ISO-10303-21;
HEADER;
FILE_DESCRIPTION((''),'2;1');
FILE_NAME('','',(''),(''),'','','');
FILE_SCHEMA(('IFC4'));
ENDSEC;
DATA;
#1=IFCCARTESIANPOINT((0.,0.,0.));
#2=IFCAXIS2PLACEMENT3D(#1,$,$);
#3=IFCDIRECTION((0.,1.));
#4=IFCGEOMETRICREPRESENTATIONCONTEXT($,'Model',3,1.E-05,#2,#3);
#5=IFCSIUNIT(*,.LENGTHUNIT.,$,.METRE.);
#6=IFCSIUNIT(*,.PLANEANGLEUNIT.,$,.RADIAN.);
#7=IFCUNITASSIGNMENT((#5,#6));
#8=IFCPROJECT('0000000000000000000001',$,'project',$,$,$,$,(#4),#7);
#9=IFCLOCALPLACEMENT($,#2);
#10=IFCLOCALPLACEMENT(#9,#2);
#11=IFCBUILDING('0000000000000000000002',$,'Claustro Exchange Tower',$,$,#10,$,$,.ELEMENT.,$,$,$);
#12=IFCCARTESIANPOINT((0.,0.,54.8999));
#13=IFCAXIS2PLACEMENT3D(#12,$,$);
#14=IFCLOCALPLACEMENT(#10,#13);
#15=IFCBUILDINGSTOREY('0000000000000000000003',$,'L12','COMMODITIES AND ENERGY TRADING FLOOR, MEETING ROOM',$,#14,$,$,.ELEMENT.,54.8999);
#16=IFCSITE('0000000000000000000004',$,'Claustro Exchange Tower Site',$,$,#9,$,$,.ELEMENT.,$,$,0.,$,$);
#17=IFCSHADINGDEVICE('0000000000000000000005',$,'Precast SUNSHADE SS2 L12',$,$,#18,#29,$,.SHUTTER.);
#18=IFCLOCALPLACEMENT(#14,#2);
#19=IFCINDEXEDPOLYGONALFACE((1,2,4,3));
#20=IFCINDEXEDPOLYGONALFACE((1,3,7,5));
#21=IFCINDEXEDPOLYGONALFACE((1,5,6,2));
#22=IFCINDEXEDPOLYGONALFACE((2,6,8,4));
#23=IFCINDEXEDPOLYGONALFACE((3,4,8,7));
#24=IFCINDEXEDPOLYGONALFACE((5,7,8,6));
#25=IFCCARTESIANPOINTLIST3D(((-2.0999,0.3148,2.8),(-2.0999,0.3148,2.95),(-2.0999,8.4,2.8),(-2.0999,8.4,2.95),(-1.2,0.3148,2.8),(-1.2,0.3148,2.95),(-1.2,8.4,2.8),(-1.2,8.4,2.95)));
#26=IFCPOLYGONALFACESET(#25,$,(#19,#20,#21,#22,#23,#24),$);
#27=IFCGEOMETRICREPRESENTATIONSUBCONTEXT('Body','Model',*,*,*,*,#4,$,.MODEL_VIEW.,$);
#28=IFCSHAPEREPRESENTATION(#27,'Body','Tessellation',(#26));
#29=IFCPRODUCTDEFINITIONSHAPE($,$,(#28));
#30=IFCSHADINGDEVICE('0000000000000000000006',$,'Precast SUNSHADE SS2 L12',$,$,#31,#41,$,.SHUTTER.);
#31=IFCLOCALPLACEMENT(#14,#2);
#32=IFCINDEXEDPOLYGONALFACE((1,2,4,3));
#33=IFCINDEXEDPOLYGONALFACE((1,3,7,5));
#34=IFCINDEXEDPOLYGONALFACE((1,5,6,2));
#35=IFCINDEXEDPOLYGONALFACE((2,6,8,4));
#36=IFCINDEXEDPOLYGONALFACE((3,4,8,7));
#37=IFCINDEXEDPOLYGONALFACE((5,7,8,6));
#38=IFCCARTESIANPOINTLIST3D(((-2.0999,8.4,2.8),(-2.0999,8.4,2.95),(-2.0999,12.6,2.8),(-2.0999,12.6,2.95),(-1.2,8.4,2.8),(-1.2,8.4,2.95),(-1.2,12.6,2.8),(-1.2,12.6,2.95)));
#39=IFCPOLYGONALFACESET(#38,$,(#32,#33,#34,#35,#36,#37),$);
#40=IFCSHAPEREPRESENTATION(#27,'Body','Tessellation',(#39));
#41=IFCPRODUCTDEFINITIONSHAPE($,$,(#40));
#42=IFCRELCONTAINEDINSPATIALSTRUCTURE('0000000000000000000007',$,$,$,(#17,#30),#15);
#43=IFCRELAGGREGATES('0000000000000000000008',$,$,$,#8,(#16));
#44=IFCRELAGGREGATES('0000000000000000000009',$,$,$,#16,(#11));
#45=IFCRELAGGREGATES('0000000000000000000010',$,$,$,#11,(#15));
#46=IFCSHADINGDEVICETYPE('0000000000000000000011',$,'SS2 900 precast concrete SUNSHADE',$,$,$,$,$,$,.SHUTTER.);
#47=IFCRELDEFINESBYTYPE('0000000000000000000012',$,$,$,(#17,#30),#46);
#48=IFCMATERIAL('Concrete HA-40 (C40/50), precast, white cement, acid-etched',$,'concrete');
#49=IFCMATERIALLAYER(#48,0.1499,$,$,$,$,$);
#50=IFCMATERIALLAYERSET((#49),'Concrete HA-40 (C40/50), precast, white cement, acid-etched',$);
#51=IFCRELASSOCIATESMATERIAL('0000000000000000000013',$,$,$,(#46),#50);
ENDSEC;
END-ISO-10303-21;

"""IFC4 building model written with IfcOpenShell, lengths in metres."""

from ifc_helpers import new_model, si_unit, direction, frame, origin, origin_2d, place, context, subcontext, project, spatial, rectangle, extrude, material, layer, layer_set, type_object, element, save


model = new_model("IFC4")

# Units and contexts
model_context = context("Model", 3, precision=1e-05, world=origin(), true_north=direction((0.0, 1.0)))
body_context = subcontext(model_context, "Body", "Model", "MODEL_VIEW")
ifc_project = project(units=[si_unit("LENGTHUNIT", "METRE"), si_unit("PLANEANGLEUNIT", "RADIAN")], contexts=[model_context])

# Site, building, storey
site_placement = place(None, origin())
site = spatial("IfcSite", under=ifc_project, at=site_placement, Name="Claustro Exchange Tower Site", CompositionType="ELEMENT", RefElevation=0.0)
building_placement = place(site_placement, origin())
building = spatial("IfcBuilding", under=site, at=building_placement, Name="Claustro Exchange Tower", CompositionType="ELEMENT")
storey_placement = place(building_placement, frame((0.0, 0.0, 54.8999)))
storey = spatial("IfcBuildingStorey", under=building, at=storey_placement, Name="L12", Description="COMMODITIES AND ENERGY TRADING FLOOR, MEETING ROOM", CompositionType="ELEMENT", Elevation=54.8999)

# Shading devices
ifc_material_1 = material(Name="Concrete HA-40 (C40/50), precast, white cement, acid-etched", Category="concrete")
ifc_layer_1 = layer(ifc_material_1, 0.1499)
ifc_layer_set_1 = layer_set([ifc_layer_1], Name="Concrete HA-40 (C40/50), precast, white cement, acid-etched")
shading_device_type = type_object("IfcShadingDeviceType", Name="SS2 900 precast concrete SUNSHADE", PredefinedType="SHUTTER", material=ifc_layer_set_1)
shading_device_1_placement = place(storey_placement, frame((-1.6499, 4.3574, 2.8), z_axis=(0.0, 0.0, 1.0), x_axis=(0.0, 1.0, 0.0)))
element("IfcShadingDevice", 1, at=shading_device_1_placement, inside=storey, type_object=shading_device_type, Name="Precast SUNSHADE SS2 L12", PredefinedType="SHUTTER", context=body_context, shape_type="SweptSolid", body=[
    extrude(rectangle(XDim=8.0852, YDim=0.8999, at=origin_2d()), origin(), (0.0, 0.0, 1.0), 0.1499),
])
shading_device_2_placement = place(storey_placement, frame((-1.6499, 10.5, 2.8), z_axis=(0.0, 0.0, 1.0), x_axis=(0.0, 1.0, 0.0)))
element("IfcShadingDevice", 2, at=shading_device_2_placement, inside=storey, type_object=shading_device_type, Name="Precast SUNSHADE SS2 L12", PredefinedType="SHUTTER", context=body_context, shape_type="SweptSolid", body=[
    extrude(rectangle(XDim=4.2, YDim=0.8999, at=origin_2d()), origin(), (0.0, 0.0, 1.0), 0.1499),
])

save(model, "model.ifc")
